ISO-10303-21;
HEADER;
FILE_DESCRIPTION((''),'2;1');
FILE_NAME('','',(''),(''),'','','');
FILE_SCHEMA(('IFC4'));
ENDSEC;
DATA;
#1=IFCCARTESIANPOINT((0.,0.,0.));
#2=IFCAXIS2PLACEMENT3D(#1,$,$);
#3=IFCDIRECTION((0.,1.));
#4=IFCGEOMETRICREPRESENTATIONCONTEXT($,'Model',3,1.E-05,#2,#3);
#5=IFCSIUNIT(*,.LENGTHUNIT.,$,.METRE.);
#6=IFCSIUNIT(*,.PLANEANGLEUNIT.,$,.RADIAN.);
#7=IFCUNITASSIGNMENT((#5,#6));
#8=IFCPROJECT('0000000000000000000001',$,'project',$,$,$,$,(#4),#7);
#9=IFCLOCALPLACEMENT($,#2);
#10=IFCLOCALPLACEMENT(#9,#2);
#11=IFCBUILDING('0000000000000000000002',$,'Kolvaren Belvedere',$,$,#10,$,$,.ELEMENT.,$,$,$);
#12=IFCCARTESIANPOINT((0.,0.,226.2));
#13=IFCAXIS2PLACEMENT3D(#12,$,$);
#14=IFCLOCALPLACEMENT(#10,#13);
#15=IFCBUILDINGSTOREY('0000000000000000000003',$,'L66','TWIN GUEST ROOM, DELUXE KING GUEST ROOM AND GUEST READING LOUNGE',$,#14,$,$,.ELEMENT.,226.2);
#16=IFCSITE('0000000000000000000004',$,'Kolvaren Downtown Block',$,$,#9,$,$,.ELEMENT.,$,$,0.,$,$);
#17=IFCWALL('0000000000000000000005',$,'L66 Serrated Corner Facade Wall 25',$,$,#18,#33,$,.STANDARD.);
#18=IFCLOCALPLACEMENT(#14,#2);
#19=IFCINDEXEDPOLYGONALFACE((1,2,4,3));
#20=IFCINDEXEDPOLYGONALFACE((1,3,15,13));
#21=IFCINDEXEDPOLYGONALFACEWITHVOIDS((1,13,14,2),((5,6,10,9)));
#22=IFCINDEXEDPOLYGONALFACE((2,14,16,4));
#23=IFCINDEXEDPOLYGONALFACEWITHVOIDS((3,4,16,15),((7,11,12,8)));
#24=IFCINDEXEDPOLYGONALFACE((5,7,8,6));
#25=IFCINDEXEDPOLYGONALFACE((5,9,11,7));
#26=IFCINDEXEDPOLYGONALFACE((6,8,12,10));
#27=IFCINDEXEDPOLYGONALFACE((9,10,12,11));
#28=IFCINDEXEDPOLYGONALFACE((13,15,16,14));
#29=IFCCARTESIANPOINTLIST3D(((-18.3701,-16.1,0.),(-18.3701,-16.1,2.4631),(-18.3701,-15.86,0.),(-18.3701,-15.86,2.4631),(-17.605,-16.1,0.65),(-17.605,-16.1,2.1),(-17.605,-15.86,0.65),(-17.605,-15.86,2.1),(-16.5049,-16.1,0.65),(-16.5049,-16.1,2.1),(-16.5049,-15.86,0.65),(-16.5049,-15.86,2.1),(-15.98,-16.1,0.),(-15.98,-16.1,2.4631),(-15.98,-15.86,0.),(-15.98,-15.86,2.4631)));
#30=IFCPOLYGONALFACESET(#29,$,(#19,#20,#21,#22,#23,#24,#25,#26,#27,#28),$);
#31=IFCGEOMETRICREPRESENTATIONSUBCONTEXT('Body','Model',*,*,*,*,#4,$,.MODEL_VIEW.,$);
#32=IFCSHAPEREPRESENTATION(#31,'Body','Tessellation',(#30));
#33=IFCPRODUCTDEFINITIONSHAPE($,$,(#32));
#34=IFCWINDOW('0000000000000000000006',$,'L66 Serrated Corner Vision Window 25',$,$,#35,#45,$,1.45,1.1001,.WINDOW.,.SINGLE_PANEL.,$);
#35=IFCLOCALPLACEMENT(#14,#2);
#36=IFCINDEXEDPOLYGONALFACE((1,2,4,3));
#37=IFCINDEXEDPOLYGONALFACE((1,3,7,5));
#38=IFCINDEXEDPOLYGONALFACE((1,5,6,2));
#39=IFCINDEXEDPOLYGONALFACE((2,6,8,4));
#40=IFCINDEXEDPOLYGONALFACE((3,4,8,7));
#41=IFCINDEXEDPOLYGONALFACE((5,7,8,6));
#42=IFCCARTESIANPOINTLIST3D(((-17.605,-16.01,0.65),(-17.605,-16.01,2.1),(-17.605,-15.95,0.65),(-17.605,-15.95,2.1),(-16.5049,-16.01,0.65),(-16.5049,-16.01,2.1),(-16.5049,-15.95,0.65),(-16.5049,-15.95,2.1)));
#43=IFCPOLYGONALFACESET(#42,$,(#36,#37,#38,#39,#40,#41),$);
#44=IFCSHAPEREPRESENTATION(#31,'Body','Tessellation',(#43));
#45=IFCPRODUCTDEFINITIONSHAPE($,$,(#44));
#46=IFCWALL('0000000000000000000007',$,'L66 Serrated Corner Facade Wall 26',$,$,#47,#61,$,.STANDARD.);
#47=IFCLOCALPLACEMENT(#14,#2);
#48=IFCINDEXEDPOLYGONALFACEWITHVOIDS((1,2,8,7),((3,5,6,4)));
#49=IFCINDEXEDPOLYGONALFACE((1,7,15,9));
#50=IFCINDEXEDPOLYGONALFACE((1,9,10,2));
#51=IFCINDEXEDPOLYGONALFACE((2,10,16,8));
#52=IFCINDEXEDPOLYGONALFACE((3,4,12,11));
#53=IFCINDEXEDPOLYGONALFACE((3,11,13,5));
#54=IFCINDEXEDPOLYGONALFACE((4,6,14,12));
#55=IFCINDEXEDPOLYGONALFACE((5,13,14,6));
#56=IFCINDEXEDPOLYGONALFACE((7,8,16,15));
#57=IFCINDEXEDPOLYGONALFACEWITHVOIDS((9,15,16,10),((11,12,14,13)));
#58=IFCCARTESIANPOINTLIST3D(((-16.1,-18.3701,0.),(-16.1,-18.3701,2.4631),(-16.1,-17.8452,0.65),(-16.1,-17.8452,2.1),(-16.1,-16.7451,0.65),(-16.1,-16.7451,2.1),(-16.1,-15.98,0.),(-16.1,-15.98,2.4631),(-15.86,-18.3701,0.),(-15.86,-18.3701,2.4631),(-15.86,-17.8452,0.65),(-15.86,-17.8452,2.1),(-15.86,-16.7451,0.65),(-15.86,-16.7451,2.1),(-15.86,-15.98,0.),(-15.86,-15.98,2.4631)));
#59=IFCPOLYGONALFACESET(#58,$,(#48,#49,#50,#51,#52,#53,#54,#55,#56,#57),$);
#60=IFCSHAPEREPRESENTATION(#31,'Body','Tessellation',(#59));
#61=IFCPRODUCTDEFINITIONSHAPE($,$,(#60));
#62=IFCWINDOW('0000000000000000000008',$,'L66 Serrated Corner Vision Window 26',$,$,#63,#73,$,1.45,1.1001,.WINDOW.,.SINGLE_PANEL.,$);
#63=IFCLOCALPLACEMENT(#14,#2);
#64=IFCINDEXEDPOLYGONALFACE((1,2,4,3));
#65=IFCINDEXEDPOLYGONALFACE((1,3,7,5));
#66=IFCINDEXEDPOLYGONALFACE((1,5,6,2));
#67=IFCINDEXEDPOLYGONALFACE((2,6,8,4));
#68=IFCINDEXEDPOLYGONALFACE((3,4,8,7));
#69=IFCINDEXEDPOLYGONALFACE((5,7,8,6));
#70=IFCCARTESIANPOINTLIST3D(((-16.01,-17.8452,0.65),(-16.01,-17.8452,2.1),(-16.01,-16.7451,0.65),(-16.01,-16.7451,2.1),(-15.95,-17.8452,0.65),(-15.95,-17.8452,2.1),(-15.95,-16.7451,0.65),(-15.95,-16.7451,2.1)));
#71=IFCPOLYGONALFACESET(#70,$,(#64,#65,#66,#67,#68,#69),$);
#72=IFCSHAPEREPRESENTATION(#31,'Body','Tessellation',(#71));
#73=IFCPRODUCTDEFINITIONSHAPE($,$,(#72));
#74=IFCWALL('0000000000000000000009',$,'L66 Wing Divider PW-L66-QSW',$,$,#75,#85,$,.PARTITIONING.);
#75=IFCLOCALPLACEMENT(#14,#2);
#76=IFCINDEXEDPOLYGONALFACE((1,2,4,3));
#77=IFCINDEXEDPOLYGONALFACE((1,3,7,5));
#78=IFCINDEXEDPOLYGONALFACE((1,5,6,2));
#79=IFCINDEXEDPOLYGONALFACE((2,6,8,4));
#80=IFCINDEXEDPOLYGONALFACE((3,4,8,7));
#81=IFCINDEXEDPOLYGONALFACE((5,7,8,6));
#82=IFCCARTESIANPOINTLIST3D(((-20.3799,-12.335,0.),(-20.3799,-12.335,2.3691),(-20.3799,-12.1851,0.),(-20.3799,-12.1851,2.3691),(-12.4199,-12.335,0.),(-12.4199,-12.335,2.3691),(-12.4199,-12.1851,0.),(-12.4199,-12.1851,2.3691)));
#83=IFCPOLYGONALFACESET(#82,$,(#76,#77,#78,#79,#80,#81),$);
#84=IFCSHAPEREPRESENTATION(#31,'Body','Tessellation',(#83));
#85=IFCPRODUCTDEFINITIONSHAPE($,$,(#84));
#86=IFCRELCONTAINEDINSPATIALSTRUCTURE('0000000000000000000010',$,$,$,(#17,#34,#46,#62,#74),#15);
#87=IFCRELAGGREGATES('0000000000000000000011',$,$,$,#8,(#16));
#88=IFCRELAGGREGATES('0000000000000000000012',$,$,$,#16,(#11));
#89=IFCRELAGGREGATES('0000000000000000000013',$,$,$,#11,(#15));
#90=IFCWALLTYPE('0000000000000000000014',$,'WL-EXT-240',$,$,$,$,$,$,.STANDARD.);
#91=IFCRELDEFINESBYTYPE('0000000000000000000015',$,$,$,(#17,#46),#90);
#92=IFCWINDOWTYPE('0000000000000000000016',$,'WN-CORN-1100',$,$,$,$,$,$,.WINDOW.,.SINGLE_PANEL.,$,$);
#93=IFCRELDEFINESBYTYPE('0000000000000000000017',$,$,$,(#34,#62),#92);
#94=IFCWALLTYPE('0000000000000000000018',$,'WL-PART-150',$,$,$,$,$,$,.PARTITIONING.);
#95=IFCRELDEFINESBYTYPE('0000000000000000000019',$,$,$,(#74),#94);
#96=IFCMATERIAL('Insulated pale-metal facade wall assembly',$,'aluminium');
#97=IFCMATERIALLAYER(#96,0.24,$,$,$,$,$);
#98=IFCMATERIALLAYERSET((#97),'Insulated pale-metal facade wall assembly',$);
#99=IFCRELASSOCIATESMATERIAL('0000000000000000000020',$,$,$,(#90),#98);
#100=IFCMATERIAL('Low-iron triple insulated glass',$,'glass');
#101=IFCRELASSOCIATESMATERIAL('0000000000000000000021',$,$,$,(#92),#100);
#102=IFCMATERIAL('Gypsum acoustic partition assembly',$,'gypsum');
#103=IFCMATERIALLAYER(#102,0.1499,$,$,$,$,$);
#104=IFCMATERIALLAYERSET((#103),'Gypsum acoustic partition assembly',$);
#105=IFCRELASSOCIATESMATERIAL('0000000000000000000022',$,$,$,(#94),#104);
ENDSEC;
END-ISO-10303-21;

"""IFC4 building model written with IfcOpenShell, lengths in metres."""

from ifc_helpers import new_model, si_unit, direction, frame, frame_2d, origin, place, context, subcontext, project, spatial, rectangle, extrude, material, layer, layer_set, type_object, element, fill, save


model = new_model("IFC4")

# Units and contexts
model_context = context("Model", 3, precision=1e-05, world=origin(), true_north=direction((0.0, 1.0)))
body_context = subcontext(model_context, "Body", "Model", "MODEL_VIEW")
ifc_project = project(units=[si_unit("LENGTHUNIT", "METRE"), si_unit("PLANEANGLEUNIT", "RADIAN")], contexts=[model_context])

# Site, building, storey
site_placement = place(None, origin())
site = spatial("IfcSite", under=ifc_project, at=site_placement, Name="Kolvaren Downtown Block", CompositionType="ELEMENT", RefElevation=0.0)
building_placement = place(site_placement, origin())
building = spatial("IfcBuilding", under=site, at=building_placement, Name="Kolvaren Belvedere", CompositionType="ELEMENT")
storey_placement = place(building_placement, frame((0.0, 0.0, 226.2)))
storey = spatial("IfcBuildingStorey", under=building, at=storey_placement, Name="L66", Description="TWIN GUEST ROOM, DELUXE KING GUEST ROOM AND GUEST READING LOUNGE", CompositionType="ELEMENT", Elevation=226.2)

# Shared definitions
ifc_material_1 = material(Name="Insulated pale-metal facade wall assembly", Category="aluminium")
ifc_layer_1 = layer(ifc_material_1, 0.24)
ifc_layer_set_1 = layer_set([ifc_layer_1], Name="Insulated pale-metal facade wall assembly")
wall_type_1 = type_object("IfcWallType", Name="WL-EXT-240", PredefinedType="STANDARD", material=ifc_layer_set_1)

# Walls, openings, windows
wall_1_placement = place(storey_placement, frame((-15.98, -15.98, 0.0), z_axis=(0.0, 0.0, 1.0), x_axis=(-1.0, 0.0, 0.0)))
wall_1 = element("IfcWall", 1, at=wall_1_placement, inside=storey, type_object=wall_type_1, Name="L66 Serrated Corner Facade Wall 25", PredefinedType="STANDARD", context=body_context, shape_type="SweptSolid", body=[
    extrude(rectangle(XDim=2.3901, YDim=0.24, at=frame_2d((1.1951, 0.0))), origin(), (0.0, 0.0, 1.0), 2.4631),
])
opening_1_placement = place(wall_1_placement, frame((0.5249, 0.0, 0.6499)))
opening_1 = element("IfcOpeningElement", 2, at=opening_1_placement, cuts=wall_1, PredefinedType="OPENING", context=body_context, shape_type="SweptSolid", body=[
    extrude(rectangle(XDim=1.1001, YDim=1.45, at=frame_2d((0.55, 0.7251))), frame((0.0, 0.1299, 0.0), z_axis=(0.0, -1.0, 0.0), x_axis=(1.0, 0.0, 0.0)), (0.0, 0.0, 1.0), 0.26),
])
ifc_material_2 = material(Name="Low-iron triple insulated glass", Category="glass")
window_type_1 = type_object("IfcWindowType", Name="WN-CORN-1100", PartitioningType="SINGLE_PANEL", PredefinedType="WINDOW", material=ifc_material_2)
window_1_placement = place(opening_1_placement, origin())
window_1 = element("IfcWindow", 3, at=window_1_placement, inside=storey, type_object=window_type_1, Name="L66 Serrated Corner Vision Window 25", OverallHeight=1.45, OverallWidth=1.1001, PartitioningType="SINGLE_PANEL", PredefinedType="WINDOW", context=body_context, shape_type="SweptSolid", body=[
    extrude(rectangle(XDim=1.1001, YDim=1.45, at=frame_2d((0.55, 0.7251))), frame((0.0, 0.03, 0.0), z_axis=(0.0, -1.0, 0.0), x_axis=(1.0, 0.0, 0.0)), (0.0, 0.0, 1.0), 0.0601),
])
fill(opening_1, window_1)
wall_2_placement = place(storey_placement, frame((-15.98, -18.3701, 0.0), z_axis=(0.0, 0.0, 1.0), x_axis=(0.0, 1.0, 0.0)))
wall_2 = element("IfcWall", 4, at=wall_2_placement, inside=storey, type_object=wall_type_1, Name="L66 Serrated Corner Facade Wall 26", PredefinedType="STANDARD", context=body_context, shape_type="SweptSolid", body=[
    extrude(rectangle(XDim=2.3901, YDim=0.24, at=frame_2d((1.1951, 0.0))), origin(), (0.0, 0.0, 1.0), 2.4631),
])
opening_2_placement = place(wall_2_placement, frame((0.5249, 0.0, 0.6499)))
opening_2 = element("IfcOpeningElement", 5, at=opening_2_placement, cuts=wall_2, PredefinedType="OPENING", context=body_context, shape_type="SweptSolid", body=[
    extrude(rectangle(XDim=1.1001, YDim=1.45, at=frame_2d((0.55, 0.7251))), frame((0.0, 0.1299, 0.0), z_axis=(0.0, -1.0, 0.0), x_axis=(1.0, 0.0, 0.0)), (0.0, 0.0, 1.0), 0.26),
])
window_2_placement = place(opening_2_placement, origin())
window_2 = element("IfcWindow", 6, at=window_2_placement, inside=storey, type_object=window_type_1, Name="L66 Serrated Corner Vision Window 26", OverallHeight=1.45, OverallWidth=1.1001, PartitioningType="SINGLE_PANEL", PredefinedType="WINDOW", context=body_context, shape_type="SweptSolid", body=[
    extrude(rectangle(XDim=1.1001, YDim=1.45, at=frame_2d((0.55, 0.7251))), frame((0.0, 0.03, 0.0), z_axis=(0.0, -1.0, 0.0), x_axis=(1.0, 0.0, 0.0)), (0.0, 0.0, 1.0), 0.0601),
])
fill(opening_2, window_2)

# Wall
ifc_material_3 = material(Name="Gypsum acoustic partition assembly", Category="gypsum")
ifc_layer_2 = layer(ifc_material_3, 0.1499)
ifc_layer_set_2 = layer_set([ifc_layer_2], Name="Gypsum acoustic partition assembly")
wall_type_2 = type_object("IfcWallType", Name="WL-PART-150", PredefinedType="PARTITIONING", material=ifc_layer_set_2)
wall_3_placement = place(storey_placement, frame((-20.3799, -12.26, 0.0), z_axis=(0.0, 0.0, 1.0), x_axis=(1.0, 0.0, 0.0)))
element("IfcWall", 7, at=wall_3_placement, inside=storey, type_object=wall_type_2, Name="L66 Wing Divider PW-L66-QSW", PredefinedType="PARTITIONING", context=body_context, shape_type="SweptSolid", body=[
    extrude(rectangle(XDim=7.96, YDim=0.1499, at=frame_2d((3.98, 0.0))), origin(), (0.0, 0.0, 1.0), 2.3691),
])

save(model, "model.ifc")
